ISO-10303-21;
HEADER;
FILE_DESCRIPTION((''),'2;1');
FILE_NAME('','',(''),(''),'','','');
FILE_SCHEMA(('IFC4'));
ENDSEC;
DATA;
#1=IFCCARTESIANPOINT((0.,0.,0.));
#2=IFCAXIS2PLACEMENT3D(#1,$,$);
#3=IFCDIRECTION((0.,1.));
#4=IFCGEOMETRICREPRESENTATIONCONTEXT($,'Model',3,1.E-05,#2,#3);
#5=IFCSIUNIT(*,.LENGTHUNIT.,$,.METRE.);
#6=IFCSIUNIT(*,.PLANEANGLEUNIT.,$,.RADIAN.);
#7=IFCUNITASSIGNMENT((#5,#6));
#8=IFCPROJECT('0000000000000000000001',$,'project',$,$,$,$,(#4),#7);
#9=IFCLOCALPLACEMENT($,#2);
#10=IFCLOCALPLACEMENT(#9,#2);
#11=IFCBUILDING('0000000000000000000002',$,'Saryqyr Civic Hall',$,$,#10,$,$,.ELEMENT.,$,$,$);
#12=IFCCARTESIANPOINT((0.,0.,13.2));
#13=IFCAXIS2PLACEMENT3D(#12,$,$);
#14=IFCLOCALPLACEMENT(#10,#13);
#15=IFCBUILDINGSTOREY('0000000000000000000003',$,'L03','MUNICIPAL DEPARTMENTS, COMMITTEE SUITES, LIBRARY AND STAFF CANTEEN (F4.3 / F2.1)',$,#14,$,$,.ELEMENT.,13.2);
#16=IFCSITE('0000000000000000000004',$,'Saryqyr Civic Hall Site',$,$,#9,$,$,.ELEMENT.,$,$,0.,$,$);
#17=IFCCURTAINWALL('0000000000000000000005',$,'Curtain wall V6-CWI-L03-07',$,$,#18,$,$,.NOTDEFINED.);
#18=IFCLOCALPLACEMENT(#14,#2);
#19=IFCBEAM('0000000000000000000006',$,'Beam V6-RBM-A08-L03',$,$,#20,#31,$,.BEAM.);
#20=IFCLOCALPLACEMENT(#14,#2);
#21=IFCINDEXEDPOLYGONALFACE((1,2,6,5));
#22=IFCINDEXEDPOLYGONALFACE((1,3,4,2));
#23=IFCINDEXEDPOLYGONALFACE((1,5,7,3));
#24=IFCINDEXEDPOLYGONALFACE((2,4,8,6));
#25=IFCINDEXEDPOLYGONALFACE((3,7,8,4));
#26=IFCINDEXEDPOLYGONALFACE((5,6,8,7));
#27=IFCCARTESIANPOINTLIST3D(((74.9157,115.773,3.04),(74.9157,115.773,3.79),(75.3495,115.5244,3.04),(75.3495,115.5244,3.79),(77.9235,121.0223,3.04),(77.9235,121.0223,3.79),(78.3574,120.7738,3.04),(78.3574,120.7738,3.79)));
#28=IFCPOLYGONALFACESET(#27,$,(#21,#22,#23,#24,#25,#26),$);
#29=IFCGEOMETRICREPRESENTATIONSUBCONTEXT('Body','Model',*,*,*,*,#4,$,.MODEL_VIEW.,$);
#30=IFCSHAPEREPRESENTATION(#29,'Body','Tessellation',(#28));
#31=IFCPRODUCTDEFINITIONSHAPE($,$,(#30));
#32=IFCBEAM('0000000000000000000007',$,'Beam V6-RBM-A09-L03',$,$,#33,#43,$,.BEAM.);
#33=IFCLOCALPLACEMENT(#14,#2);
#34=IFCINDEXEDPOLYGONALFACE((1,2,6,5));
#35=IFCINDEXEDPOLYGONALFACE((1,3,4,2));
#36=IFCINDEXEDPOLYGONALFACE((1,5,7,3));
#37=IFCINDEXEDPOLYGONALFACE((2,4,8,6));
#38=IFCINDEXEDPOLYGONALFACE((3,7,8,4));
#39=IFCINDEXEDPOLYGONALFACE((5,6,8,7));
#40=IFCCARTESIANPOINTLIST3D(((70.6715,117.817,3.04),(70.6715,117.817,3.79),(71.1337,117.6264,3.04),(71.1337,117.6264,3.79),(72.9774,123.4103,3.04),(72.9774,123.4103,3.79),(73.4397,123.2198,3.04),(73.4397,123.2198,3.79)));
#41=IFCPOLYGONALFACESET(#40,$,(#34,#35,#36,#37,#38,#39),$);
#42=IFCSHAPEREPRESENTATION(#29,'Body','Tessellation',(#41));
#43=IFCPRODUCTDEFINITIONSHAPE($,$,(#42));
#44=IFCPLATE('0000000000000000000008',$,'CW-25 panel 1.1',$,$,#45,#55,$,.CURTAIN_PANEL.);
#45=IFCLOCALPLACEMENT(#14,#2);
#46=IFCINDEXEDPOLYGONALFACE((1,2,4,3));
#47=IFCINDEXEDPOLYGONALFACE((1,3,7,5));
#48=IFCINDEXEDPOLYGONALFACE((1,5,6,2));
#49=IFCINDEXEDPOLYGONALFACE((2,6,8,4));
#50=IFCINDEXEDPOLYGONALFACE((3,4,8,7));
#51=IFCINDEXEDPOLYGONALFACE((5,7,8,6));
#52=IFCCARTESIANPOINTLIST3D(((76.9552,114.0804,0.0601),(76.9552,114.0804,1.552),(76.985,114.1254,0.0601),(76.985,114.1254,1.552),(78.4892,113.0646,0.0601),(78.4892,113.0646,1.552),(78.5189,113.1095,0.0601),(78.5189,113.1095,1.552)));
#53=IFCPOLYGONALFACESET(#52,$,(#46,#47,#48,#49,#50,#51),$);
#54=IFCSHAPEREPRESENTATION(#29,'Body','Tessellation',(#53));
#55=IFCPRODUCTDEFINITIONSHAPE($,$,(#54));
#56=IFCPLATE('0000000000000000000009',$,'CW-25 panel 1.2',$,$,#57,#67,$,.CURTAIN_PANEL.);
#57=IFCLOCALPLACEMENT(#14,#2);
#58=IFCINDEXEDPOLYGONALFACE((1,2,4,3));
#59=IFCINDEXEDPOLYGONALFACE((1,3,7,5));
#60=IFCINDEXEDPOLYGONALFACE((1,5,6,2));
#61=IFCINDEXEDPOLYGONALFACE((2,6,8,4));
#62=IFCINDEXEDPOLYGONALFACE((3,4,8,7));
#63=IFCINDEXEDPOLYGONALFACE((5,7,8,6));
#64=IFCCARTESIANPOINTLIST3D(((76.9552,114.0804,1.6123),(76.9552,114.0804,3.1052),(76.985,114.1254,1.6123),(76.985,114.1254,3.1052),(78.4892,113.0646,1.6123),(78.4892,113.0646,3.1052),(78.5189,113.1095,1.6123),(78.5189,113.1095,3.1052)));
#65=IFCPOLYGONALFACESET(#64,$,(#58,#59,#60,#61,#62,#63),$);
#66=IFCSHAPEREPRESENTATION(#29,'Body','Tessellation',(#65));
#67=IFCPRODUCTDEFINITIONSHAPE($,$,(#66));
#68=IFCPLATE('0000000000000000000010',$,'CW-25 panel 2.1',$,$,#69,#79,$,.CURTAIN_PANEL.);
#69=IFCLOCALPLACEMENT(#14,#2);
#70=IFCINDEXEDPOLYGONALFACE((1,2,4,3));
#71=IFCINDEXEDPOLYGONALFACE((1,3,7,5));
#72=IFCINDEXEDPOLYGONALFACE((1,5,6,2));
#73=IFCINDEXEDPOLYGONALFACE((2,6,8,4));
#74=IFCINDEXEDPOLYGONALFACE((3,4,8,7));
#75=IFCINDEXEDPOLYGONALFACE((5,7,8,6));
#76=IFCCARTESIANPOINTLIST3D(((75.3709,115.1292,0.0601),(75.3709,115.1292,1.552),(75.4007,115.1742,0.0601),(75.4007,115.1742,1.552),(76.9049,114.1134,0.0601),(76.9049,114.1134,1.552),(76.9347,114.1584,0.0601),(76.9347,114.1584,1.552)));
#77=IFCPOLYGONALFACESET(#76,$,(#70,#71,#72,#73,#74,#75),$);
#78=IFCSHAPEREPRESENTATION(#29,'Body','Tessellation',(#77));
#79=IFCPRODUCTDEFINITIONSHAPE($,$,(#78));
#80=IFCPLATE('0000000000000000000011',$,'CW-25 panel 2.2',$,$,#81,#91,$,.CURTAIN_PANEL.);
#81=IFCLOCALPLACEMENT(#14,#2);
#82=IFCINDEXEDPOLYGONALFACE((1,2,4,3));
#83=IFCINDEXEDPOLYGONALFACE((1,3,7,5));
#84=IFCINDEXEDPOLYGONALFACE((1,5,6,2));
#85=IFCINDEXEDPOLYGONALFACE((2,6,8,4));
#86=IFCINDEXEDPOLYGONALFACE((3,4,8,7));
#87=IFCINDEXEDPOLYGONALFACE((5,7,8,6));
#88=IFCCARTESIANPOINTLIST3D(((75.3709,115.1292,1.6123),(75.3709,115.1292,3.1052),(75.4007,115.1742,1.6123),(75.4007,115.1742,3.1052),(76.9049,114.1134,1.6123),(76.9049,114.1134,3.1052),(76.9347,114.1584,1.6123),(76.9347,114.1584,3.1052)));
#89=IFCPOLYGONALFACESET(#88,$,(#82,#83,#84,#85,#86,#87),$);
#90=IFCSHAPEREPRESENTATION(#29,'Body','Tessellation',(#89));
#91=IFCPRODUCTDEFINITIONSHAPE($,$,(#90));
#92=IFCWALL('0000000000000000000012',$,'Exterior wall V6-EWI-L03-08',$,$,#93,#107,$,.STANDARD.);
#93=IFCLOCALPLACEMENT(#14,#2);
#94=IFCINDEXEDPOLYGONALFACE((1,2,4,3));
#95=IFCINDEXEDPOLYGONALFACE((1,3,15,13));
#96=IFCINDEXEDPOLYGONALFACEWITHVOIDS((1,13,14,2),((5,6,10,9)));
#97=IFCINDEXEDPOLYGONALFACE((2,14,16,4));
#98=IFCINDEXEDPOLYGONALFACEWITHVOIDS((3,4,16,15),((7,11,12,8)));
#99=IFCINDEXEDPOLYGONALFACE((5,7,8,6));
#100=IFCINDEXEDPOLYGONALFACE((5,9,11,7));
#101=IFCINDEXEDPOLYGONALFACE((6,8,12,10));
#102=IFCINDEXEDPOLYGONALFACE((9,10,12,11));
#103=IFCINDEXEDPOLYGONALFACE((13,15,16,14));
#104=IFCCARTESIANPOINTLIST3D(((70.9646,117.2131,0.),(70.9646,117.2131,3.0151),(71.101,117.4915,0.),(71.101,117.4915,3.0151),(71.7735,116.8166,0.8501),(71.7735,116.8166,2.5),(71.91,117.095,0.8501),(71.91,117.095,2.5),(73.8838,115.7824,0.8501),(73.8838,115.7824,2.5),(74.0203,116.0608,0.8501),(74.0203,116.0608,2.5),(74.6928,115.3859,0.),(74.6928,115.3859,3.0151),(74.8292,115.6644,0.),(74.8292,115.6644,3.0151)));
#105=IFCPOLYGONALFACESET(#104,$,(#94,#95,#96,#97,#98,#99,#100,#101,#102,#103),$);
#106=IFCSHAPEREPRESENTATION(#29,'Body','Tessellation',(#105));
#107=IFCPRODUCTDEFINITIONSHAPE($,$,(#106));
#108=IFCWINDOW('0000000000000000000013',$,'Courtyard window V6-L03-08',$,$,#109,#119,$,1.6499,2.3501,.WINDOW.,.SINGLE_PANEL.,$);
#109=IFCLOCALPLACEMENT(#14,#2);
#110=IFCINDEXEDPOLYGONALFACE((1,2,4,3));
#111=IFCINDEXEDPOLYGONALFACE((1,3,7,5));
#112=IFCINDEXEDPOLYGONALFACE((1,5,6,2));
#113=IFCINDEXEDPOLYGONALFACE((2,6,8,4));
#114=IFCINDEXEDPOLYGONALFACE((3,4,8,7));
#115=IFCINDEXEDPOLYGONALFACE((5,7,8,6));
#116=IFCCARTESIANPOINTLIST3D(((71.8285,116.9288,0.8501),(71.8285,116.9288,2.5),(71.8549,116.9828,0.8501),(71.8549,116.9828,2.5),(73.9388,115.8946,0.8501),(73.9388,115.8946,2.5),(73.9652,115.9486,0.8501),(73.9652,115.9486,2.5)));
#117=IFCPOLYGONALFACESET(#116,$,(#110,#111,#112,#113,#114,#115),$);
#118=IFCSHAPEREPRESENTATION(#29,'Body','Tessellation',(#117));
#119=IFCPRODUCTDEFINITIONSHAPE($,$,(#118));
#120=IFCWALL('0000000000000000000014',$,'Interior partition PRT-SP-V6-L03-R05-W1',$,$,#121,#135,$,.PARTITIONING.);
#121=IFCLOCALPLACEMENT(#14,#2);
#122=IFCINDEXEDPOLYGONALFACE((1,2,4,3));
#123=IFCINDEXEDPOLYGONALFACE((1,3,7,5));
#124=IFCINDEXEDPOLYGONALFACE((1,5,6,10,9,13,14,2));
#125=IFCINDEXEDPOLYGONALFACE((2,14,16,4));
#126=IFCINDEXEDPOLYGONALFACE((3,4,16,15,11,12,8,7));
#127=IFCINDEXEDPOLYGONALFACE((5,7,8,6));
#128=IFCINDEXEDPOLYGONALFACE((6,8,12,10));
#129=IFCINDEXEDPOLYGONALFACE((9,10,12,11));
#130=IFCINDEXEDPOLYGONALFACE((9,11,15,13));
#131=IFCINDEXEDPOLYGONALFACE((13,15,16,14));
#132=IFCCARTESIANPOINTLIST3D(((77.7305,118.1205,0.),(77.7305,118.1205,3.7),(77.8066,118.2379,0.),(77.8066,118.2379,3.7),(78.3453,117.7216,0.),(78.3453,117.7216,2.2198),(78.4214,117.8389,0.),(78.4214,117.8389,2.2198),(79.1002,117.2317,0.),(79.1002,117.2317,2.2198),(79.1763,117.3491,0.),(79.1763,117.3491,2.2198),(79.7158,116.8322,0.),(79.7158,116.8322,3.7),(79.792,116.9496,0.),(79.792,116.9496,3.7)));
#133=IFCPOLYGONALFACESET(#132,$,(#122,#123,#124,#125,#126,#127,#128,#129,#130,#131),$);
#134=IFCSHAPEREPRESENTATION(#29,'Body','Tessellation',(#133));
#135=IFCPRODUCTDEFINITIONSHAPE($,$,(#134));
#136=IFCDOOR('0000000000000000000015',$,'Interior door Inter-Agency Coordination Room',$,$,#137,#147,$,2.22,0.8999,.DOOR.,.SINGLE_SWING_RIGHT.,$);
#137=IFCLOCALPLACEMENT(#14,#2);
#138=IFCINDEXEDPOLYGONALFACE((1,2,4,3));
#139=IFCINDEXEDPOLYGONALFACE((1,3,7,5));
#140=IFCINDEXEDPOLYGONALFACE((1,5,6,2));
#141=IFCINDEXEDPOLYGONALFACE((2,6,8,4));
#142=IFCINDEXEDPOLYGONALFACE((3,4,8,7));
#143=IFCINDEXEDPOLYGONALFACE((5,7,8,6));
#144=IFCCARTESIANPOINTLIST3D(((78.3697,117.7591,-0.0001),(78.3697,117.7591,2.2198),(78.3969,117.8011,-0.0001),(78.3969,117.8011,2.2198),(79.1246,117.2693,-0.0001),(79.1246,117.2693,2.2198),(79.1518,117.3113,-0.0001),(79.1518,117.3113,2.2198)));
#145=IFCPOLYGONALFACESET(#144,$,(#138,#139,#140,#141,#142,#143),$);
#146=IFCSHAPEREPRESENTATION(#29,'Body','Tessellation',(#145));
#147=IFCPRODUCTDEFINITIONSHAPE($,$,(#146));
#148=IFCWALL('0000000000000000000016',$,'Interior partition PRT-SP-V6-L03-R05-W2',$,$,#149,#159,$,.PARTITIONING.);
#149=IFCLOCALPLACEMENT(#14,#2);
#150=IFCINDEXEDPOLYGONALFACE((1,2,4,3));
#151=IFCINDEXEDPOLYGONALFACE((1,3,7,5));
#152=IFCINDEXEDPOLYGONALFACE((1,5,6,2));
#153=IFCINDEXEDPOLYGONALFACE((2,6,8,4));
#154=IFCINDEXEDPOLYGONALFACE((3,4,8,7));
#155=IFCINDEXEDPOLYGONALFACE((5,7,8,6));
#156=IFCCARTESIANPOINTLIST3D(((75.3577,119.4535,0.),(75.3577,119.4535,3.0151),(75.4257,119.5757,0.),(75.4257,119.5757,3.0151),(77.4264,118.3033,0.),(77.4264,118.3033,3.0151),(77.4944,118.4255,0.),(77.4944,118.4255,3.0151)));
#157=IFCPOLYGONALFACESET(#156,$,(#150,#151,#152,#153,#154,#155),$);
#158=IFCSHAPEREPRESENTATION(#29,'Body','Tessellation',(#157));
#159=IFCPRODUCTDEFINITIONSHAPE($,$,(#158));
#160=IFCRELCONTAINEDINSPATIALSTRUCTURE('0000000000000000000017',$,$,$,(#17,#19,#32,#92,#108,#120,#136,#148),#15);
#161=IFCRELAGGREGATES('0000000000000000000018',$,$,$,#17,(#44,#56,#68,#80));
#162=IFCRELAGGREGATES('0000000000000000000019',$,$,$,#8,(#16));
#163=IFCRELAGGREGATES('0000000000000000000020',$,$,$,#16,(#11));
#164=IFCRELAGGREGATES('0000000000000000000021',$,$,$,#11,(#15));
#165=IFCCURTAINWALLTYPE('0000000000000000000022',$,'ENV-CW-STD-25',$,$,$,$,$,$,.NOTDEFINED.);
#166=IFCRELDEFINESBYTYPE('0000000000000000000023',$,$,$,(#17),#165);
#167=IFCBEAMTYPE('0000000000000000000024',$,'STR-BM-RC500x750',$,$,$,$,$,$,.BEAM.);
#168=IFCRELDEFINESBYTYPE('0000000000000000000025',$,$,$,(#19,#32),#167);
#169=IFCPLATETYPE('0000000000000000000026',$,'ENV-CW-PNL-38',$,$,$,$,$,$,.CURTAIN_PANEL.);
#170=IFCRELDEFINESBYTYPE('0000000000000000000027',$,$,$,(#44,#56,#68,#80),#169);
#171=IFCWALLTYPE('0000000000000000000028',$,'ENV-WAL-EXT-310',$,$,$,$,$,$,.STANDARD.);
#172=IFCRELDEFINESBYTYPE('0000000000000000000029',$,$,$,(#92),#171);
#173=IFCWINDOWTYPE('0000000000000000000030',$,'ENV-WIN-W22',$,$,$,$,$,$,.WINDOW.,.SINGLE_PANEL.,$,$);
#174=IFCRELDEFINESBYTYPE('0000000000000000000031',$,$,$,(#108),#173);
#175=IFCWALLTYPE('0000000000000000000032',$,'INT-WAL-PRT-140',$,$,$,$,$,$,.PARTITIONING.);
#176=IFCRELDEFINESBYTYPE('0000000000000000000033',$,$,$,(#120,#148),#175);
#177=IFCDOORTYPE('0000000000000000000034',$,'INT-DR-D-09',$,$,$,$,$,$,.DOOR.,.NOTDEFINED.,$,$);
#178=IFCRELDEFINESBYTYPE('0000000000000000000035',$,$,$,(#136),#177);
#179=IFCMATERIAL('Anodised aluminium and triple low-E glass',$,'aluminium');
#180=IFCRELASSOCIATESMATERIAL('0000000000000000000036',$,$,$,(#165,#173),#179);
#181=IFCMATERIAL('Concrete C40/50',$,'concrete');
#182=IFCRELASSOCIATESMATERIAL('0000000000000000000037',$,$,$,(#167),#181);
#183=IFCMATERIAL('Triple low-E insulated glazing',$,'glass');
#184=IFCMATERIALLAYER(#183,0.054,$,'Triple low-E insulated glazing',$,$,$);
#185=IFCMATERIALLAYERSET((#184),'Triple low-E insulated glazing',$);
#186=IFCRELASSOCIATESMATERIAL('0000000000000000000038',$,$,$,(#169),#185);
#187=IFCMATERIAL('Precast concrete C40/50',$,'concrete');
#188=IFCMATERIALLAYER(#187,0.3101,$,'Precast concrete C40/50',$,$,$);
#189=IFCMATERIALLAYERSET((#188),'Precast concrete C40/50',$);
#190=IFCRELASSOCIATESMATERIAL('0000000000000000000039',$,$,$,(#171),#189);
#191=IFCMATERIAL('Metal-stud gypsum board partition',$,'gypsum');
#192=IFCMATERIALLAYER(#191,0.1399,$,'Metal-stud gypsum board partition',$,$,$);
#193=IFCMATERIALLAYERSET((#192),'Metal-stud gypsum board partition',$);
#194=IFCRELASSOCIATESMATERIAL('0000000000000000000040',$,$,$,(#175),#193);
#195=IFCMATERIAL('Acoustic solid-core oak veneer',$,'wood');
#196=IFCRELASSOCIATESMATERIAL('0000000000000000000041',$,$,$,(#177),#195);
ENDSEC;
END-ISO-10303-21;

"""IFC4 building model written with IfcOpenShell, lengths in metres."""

from ifc_helpers import new_model, si_unit, direction, frame, frame_2d, origin, origin_2d, place, context, subcontext, project, spatial, rectangle, extrude, material, layer, layer_set, material_profile, profile_set, type_object, element, fill, aggregate, save


model = new_model("IFC4")

# Units and contexts
model_context = context("Model", 3, precision=1e-05, world=origin(), true_north=direction((0.0, 1.0)))
body_context = subcontext(model_context, "Body", "Model", "MODEL_VIEW")
ifc_project = project(units=[si_unit("LENGTHUNIT", "METRE"), si_unit("PLANEANGLEUNIT", "RADIAN")], contexts=[model_context])

# Site, building, storey
site_placement = place(None, origin())
site = spatial("IfcSite", under=ifc_project, at=site_placement, Name="Saryqyr Civic Hall Site", CompositionType="ELEMENT", RefElevation=0.0)
building_placement = place(site_placement, origin())
building = spatial("IfcBuilding", under=site, at=building_placement, Name="Saryqyr Civic Hall", CompositionType="ELEMENT")
storey_placement = place(building_placement, frame((0.0, 0.0, 13.2)))
storey = spatial("IfcBuildingStorey", under=building, at=storey_placement, Name="L03", Description="MUNICIPAL DEPARTMENTS, COMMITTEE SUITES, LIBRARY AND STAFF CANTEEN (F4.3 / F2.1)", CompositionType="ELEMENT", Elevation=13.2)

# Shared definitions
ifc_material_1 = material(Name="Concrete C40/50", Category="concrete")

# Curtain wall
ifc_material_2 = material(Name="Anodised aluminium and triple low-E glass", Category="aluminium")
curtain_wall_type_1 = type_object("IfcCurtainWallType", Name="ENV-CW-STD-25", PredefinedType="NOTDEFINED", material=ifc_material_2)
curtain_wall_1_placement = place(storey_placement, origin())
curtain_wall_1 = element("IfcCurtainWall", 1, at=curtain_wall_1_placement, inside=storey, type_object=curtain_wall_type_1, Name="Curtain wall V6-CWI-L03-07", PredefinedType="NOTDEFINED")

# Beams
ifc_material_profile_1 = material_profile(ifc_material_1, rectangle(XDim=0.5, YDim=0.75, at=origin_2d()), Name="RC 500x750")
ifc_profile_set_1 = profile_set([ifc_material_profile_1], Name="Concrete C40/50")
beam_type_1 = type_object("IfcBeamType", Name="STR-BM-RC500x750", PredefinedType="BEAM", material=ifc_profile_set_1)
for number, where, z_axis, x_axis, name in (
    (2, (75.1326, 115.6487, 3.415), (0.497164, 0.867656, 0.0), (-0.867656, 0.497164, 0.0), "Beam V6-RBM-A08-L03"),
    (3, (70.9026, 117.7217, 3.415), (0.381146, 0.924515, 0.0), (-0.924515, 0.381146, 0.0), "Beam V6-RBM-A09-L03"),
):
    element("IfcBeam", number, at=place(storey_placement, frame(where, z_axis=z_axis, x_axis=x_axis)), inside=storey, type_object=beam_type_1, Name=name, PredefinedType="BEAM", context=body_context, shape_type="SweptSolid", body=[
        extrude(rectangle(XDim=0.5, YDim=0.75, at=origin_2d()), origin(), (0.0, 0.0, 1.0), 6.05),
    ])

# Plates
ifc_material_3 = material(Name="Triple low-E insulated glazing", Category="glass")
ifc_layer_1 = layer(ifc_material_3, 0.054, Name="Triple low-E insulated glazing")
ifc_layer_set_1 = layer_set([ifc_layer_1], Name="Triple low-E insulated glazing")
plate_type = type_object("IfcPlateType", Name="ENV-CW-PNL-38", PredefinedType="CURTAIN_PANEL", material=ifc_layer_set_1)
plate_1_placement = place(storey_placement, frame((77.7371, 113.595, 0.0601), z_axis=(0.0, 0.0, 1.0), x_axis=(-0.833756, 0.552133, 0.0)))
plate_1 = element("IfcPlate", 4, at=plate_1_placement, type_object=plate_type, Name="CW-25 panel 1.1", PredefinedType="CURTAIN_PANEL", context=body_context, shape_type="SweptSolid", body=[
    extrude(rectangle(XDim=1.8398, YDim=0.054, at=origin_2d()), origin(), (0.0, 0.0, 1.0), 1.4919),
])
plate_2_placement = place(storey_placement, frame((77.7371, 113.595, 1.6123), z_axis=(0.0, 0.0, 1.0), x_axis=(-0.833756, 0.552133, 0.0)))
plate_2 = element("IfcPlate", 5, at=plate_2_placement, type_object=plate_type, Name="CW-25 panel 1.2", PredefinedType="CURTAIN_PANEL", context=body_context, shape_type="SweptSolid", body=[
    extrude(rectangle(XDim=1.8398, YDim=0.054, at=origin_2d()), origin(), (0.0, 0.0, 1.0), 1.4929),
])
plate_3_placement = place(storey_placement, frame((76.1528, 114.6438, 0.0601), z_axis=(0.0, 0.0, 1.0), x_axis=(-0.833756, 0.552133, 0.0)))
plate_3 = element("IfcPlate", 6, at=plate_3_placement, type_object=plate_type, Name="CW-25 panel 2.1", PredefinedType="CURTAIN_PANEL", context=body_context, shape_type="SweptSolid", body=[
    extrude(rectangle(XDim=1.8398, YDim=0.054, at=origin_2d()), origin(), (0.0, 0.0, 1.0), 1.4919),
])
plate_4_placement = place(storey_placement, frame((76.1528, 114.6438, 1.6123), z_axis=(0.0, 0.0, 1.0), x_axis=(-0.833756, 0.552133, 0.0)))
plate_4 = element("IfcPlate", 7, at=plate_4_placement, type_object=plate_type, Name="CW-25 panel 2.2", PredefinedType="CURTAIN_PANEL", context=body_context, shape_type="SweptSolid", body=[
    extrude(rectangle(XDim=1.8398, YDim=0.054, at=origin_2d()), origin(), (0.0, 0.0, 1.0), 1.4929),
])
aggregate(curtain_wall_1, [plate_1, plate_2, plate_3, plate_4])

# Wall, opening, window
ifc_material_4 = material(Name="Precast concrete C40/50", Category="concrete")
ifc_layer_2 = layer(ifc_material_4, 0.3101, Name="Precast concrete C40/50")
ifc_layer_set_2 = layer_set([ifc_layer_2], Name="Precast concrete C40/50")
wall_type_1 = type_object("IfcWallType", Name="ENV-WAL-EXT-310", PredefinedType="STANDARD", material=ifc_layer_set_2)
wall_1_placement = place(storey_placement, frame((74.761, 115.5251, 0.0), z_axis=(0.0, 0.0, 1.0), x_axis=(-0.897962, 0.440073, 0.0)))
wall_1 = element("IfcWall", 8, at=wall_1_placement, inside=storey, type_object=wall_type_1, Name="Exterior wall V6-EWI-L03-08", PredefinedType="STANDARD", context=body_context, shape_type="SweptSolid", body=[
    extrude(rectangle(XDim=4.1519, YDim=0.3101, at=frame_2d((2.0759, 0.0))), origin(), (0.0, 0.0, 1.0), 3.0151),
])
opening_1_placement = place(wall_1_placement, frame((0.9009, 0.0, 0.8501)))
opening_1 = element("IfcOpeningElement", 9, at=opening_1_placement, cuts=wall_1, PredefinedType="OPENING", context=body_context, shape_type="SweptSolid", body=[
    extrude(rectangle(XDim=2.3501, YDim=1.6499, at=frame_2d((1.175, 0.825))), frame((0.0, 0.165, 0.0), z_axis=(0.0, -1.0, 0.0), x_axis=(1.0, 0.0, 0.0)), (0.0, 0.0, 1.0), 0.3301),
])
window_type = type_object("IfcWindowType", Name="ENV-WIN-W22", PartitioningType="SINGLE_PANEL", PredefinedType="WINDOW", material=ifc_material_2)
window_placement = place(opening_1_placement, origin())
window = element("IfcWindow", 10, at=window_placement, inside=storey, type_object=window_type, Name="Courtyard window V6-L03-08", OverallHeight=1.6499, OverallWidth=2.3501, PartitioningType="SINGLE_PANEL", PredefinedType="WINDOW", context=body_context, shape_type="SweptSolid", body=[
    extrude(rectangle(XDim=2.3501, YDim=1.6499, at=frame_2d((1.175, 0.825))), frame((0.0, 0.03, 0.0), z_axis=(0.0, -1.0, 0.0), x_axis=(1.0, 0.0, 0.0)), (0.0, 0.0, 1.0), 0.0601),
])
fill(opening_1, window)

# Wall, opening, door
ifc_material_5 = material(Name="Metal-stud gypsum board partition", Category="gypsum")
ifc_layer_3 = layer(ifc_material_5, 0.1399, Name="Metal-stud gypsum board partition")
ifc_layer_set_3 = layer_set([ifc_layer_3], Name="Metal-stud gypsum board partition")
wall_type_2 = type_object("IfcWallType", Name="INT-WAL-PRT-140", PredefinedType="PARTITIONING", material=ifc_layer_set_3)
wall_2_placement = place(storey_placement, frame((77.7686, 118.1792, 0.0), z_axis=(0.0, 0.0, 1.0), x_axis=(0.838858, -0.54435, 0.0)))
wall_2 = element("IfcWall", 11, at=wall_2_placement, inside=storey, type_object=wall_type_2, Name="Interior partition PRT-SP-V6-L03-R05-W1", PredefinedType="PARTITIONING", context=body_context, shape_type="SweptSolid", body=[
    extrude(rectangle(XDim=2.3667, YDim=0.1399, at=frame_2d((1.1833, 0.0))), origin(), (0.0, 0.0, 1.0), 3.7),
])
opening_2_placement = place(wall_2_placement, frame((0.7329, 0.0, 0.0)))
opening_2 = element("IfcOpeningElement", 12, at=opening_2_placement, cuts=wall_2, PredefinedType="OPENING", context=body_context, shape_type="SweptSolid", body=[
    extrude(rectangle(XDim=0.8999, YDim=2.22, at=frame_2d((0.45, 1.1099))), frame((0.0, 0.0798, 0.0), z_axis=(0.0, -1.0, 0.0), x_axis=(1.0, 0.0, 0.0)), (0.0, 0.0, 1.0), 0.1599),
])
ifc_material_6 = material(Name="Acoustic solid-core oak veneer", Category="wood")
door_type = type_object("IfcDoorType", Name="INT-DR-D-09", OperationType="NOTDEFINED", PredefinedType="DOOR", material=ifc_material_6)
door_placement = place(opening_2_placement, origin())
door = element("IfcDoor", 13, at=door_placement, inside=storey, type_object=door_type, Name="Interior door Inter-Agency Coordination Room", OperationType="SINGLE_SWING_RIGHT", OverallHeight=2.22, OverallWidth=0.8999, PredefinedType="DOOR", context=body_context, shape_type="SweptSolid", body=[
    extrude(rectangle(XDim=0.8999, YDim=2.22, at=frame_2d((0.45, 1.1099))), frame((0.0, 0.0249, 0.0), z_axis=(0.0, -1.0, 0.0), x_axis=(1.0, 0.0, 0.0)), (0.0, 0.0, 1.0), 0.05),
])
fill(opening_2, door)

# Wall
wall_3_placement = place(storey_placement, frame((75.3916, 119.5146, 0.0), z_axis=(0.0, 0.0, 1.0), x_axis=(0.873992, -0.485941, 0.0)))
element("IfcWall", 14, at=wall_3_placement, inside=storey, type_object=wall_type_2, Name="Interior partition PRT-SP-V6-L03-R05-W2", PredefinedType="PARTITIONING", context=body_context, shape_type="SweptSolid", body=[
    extrude(rectangle(XDim=2.3669, YDim=0.1399, at=frame_2d((1.1836, 0.0))), origin(), (0.0, 0.0, 1.0), 3.0151),
])

save(model, "model.ifc")
